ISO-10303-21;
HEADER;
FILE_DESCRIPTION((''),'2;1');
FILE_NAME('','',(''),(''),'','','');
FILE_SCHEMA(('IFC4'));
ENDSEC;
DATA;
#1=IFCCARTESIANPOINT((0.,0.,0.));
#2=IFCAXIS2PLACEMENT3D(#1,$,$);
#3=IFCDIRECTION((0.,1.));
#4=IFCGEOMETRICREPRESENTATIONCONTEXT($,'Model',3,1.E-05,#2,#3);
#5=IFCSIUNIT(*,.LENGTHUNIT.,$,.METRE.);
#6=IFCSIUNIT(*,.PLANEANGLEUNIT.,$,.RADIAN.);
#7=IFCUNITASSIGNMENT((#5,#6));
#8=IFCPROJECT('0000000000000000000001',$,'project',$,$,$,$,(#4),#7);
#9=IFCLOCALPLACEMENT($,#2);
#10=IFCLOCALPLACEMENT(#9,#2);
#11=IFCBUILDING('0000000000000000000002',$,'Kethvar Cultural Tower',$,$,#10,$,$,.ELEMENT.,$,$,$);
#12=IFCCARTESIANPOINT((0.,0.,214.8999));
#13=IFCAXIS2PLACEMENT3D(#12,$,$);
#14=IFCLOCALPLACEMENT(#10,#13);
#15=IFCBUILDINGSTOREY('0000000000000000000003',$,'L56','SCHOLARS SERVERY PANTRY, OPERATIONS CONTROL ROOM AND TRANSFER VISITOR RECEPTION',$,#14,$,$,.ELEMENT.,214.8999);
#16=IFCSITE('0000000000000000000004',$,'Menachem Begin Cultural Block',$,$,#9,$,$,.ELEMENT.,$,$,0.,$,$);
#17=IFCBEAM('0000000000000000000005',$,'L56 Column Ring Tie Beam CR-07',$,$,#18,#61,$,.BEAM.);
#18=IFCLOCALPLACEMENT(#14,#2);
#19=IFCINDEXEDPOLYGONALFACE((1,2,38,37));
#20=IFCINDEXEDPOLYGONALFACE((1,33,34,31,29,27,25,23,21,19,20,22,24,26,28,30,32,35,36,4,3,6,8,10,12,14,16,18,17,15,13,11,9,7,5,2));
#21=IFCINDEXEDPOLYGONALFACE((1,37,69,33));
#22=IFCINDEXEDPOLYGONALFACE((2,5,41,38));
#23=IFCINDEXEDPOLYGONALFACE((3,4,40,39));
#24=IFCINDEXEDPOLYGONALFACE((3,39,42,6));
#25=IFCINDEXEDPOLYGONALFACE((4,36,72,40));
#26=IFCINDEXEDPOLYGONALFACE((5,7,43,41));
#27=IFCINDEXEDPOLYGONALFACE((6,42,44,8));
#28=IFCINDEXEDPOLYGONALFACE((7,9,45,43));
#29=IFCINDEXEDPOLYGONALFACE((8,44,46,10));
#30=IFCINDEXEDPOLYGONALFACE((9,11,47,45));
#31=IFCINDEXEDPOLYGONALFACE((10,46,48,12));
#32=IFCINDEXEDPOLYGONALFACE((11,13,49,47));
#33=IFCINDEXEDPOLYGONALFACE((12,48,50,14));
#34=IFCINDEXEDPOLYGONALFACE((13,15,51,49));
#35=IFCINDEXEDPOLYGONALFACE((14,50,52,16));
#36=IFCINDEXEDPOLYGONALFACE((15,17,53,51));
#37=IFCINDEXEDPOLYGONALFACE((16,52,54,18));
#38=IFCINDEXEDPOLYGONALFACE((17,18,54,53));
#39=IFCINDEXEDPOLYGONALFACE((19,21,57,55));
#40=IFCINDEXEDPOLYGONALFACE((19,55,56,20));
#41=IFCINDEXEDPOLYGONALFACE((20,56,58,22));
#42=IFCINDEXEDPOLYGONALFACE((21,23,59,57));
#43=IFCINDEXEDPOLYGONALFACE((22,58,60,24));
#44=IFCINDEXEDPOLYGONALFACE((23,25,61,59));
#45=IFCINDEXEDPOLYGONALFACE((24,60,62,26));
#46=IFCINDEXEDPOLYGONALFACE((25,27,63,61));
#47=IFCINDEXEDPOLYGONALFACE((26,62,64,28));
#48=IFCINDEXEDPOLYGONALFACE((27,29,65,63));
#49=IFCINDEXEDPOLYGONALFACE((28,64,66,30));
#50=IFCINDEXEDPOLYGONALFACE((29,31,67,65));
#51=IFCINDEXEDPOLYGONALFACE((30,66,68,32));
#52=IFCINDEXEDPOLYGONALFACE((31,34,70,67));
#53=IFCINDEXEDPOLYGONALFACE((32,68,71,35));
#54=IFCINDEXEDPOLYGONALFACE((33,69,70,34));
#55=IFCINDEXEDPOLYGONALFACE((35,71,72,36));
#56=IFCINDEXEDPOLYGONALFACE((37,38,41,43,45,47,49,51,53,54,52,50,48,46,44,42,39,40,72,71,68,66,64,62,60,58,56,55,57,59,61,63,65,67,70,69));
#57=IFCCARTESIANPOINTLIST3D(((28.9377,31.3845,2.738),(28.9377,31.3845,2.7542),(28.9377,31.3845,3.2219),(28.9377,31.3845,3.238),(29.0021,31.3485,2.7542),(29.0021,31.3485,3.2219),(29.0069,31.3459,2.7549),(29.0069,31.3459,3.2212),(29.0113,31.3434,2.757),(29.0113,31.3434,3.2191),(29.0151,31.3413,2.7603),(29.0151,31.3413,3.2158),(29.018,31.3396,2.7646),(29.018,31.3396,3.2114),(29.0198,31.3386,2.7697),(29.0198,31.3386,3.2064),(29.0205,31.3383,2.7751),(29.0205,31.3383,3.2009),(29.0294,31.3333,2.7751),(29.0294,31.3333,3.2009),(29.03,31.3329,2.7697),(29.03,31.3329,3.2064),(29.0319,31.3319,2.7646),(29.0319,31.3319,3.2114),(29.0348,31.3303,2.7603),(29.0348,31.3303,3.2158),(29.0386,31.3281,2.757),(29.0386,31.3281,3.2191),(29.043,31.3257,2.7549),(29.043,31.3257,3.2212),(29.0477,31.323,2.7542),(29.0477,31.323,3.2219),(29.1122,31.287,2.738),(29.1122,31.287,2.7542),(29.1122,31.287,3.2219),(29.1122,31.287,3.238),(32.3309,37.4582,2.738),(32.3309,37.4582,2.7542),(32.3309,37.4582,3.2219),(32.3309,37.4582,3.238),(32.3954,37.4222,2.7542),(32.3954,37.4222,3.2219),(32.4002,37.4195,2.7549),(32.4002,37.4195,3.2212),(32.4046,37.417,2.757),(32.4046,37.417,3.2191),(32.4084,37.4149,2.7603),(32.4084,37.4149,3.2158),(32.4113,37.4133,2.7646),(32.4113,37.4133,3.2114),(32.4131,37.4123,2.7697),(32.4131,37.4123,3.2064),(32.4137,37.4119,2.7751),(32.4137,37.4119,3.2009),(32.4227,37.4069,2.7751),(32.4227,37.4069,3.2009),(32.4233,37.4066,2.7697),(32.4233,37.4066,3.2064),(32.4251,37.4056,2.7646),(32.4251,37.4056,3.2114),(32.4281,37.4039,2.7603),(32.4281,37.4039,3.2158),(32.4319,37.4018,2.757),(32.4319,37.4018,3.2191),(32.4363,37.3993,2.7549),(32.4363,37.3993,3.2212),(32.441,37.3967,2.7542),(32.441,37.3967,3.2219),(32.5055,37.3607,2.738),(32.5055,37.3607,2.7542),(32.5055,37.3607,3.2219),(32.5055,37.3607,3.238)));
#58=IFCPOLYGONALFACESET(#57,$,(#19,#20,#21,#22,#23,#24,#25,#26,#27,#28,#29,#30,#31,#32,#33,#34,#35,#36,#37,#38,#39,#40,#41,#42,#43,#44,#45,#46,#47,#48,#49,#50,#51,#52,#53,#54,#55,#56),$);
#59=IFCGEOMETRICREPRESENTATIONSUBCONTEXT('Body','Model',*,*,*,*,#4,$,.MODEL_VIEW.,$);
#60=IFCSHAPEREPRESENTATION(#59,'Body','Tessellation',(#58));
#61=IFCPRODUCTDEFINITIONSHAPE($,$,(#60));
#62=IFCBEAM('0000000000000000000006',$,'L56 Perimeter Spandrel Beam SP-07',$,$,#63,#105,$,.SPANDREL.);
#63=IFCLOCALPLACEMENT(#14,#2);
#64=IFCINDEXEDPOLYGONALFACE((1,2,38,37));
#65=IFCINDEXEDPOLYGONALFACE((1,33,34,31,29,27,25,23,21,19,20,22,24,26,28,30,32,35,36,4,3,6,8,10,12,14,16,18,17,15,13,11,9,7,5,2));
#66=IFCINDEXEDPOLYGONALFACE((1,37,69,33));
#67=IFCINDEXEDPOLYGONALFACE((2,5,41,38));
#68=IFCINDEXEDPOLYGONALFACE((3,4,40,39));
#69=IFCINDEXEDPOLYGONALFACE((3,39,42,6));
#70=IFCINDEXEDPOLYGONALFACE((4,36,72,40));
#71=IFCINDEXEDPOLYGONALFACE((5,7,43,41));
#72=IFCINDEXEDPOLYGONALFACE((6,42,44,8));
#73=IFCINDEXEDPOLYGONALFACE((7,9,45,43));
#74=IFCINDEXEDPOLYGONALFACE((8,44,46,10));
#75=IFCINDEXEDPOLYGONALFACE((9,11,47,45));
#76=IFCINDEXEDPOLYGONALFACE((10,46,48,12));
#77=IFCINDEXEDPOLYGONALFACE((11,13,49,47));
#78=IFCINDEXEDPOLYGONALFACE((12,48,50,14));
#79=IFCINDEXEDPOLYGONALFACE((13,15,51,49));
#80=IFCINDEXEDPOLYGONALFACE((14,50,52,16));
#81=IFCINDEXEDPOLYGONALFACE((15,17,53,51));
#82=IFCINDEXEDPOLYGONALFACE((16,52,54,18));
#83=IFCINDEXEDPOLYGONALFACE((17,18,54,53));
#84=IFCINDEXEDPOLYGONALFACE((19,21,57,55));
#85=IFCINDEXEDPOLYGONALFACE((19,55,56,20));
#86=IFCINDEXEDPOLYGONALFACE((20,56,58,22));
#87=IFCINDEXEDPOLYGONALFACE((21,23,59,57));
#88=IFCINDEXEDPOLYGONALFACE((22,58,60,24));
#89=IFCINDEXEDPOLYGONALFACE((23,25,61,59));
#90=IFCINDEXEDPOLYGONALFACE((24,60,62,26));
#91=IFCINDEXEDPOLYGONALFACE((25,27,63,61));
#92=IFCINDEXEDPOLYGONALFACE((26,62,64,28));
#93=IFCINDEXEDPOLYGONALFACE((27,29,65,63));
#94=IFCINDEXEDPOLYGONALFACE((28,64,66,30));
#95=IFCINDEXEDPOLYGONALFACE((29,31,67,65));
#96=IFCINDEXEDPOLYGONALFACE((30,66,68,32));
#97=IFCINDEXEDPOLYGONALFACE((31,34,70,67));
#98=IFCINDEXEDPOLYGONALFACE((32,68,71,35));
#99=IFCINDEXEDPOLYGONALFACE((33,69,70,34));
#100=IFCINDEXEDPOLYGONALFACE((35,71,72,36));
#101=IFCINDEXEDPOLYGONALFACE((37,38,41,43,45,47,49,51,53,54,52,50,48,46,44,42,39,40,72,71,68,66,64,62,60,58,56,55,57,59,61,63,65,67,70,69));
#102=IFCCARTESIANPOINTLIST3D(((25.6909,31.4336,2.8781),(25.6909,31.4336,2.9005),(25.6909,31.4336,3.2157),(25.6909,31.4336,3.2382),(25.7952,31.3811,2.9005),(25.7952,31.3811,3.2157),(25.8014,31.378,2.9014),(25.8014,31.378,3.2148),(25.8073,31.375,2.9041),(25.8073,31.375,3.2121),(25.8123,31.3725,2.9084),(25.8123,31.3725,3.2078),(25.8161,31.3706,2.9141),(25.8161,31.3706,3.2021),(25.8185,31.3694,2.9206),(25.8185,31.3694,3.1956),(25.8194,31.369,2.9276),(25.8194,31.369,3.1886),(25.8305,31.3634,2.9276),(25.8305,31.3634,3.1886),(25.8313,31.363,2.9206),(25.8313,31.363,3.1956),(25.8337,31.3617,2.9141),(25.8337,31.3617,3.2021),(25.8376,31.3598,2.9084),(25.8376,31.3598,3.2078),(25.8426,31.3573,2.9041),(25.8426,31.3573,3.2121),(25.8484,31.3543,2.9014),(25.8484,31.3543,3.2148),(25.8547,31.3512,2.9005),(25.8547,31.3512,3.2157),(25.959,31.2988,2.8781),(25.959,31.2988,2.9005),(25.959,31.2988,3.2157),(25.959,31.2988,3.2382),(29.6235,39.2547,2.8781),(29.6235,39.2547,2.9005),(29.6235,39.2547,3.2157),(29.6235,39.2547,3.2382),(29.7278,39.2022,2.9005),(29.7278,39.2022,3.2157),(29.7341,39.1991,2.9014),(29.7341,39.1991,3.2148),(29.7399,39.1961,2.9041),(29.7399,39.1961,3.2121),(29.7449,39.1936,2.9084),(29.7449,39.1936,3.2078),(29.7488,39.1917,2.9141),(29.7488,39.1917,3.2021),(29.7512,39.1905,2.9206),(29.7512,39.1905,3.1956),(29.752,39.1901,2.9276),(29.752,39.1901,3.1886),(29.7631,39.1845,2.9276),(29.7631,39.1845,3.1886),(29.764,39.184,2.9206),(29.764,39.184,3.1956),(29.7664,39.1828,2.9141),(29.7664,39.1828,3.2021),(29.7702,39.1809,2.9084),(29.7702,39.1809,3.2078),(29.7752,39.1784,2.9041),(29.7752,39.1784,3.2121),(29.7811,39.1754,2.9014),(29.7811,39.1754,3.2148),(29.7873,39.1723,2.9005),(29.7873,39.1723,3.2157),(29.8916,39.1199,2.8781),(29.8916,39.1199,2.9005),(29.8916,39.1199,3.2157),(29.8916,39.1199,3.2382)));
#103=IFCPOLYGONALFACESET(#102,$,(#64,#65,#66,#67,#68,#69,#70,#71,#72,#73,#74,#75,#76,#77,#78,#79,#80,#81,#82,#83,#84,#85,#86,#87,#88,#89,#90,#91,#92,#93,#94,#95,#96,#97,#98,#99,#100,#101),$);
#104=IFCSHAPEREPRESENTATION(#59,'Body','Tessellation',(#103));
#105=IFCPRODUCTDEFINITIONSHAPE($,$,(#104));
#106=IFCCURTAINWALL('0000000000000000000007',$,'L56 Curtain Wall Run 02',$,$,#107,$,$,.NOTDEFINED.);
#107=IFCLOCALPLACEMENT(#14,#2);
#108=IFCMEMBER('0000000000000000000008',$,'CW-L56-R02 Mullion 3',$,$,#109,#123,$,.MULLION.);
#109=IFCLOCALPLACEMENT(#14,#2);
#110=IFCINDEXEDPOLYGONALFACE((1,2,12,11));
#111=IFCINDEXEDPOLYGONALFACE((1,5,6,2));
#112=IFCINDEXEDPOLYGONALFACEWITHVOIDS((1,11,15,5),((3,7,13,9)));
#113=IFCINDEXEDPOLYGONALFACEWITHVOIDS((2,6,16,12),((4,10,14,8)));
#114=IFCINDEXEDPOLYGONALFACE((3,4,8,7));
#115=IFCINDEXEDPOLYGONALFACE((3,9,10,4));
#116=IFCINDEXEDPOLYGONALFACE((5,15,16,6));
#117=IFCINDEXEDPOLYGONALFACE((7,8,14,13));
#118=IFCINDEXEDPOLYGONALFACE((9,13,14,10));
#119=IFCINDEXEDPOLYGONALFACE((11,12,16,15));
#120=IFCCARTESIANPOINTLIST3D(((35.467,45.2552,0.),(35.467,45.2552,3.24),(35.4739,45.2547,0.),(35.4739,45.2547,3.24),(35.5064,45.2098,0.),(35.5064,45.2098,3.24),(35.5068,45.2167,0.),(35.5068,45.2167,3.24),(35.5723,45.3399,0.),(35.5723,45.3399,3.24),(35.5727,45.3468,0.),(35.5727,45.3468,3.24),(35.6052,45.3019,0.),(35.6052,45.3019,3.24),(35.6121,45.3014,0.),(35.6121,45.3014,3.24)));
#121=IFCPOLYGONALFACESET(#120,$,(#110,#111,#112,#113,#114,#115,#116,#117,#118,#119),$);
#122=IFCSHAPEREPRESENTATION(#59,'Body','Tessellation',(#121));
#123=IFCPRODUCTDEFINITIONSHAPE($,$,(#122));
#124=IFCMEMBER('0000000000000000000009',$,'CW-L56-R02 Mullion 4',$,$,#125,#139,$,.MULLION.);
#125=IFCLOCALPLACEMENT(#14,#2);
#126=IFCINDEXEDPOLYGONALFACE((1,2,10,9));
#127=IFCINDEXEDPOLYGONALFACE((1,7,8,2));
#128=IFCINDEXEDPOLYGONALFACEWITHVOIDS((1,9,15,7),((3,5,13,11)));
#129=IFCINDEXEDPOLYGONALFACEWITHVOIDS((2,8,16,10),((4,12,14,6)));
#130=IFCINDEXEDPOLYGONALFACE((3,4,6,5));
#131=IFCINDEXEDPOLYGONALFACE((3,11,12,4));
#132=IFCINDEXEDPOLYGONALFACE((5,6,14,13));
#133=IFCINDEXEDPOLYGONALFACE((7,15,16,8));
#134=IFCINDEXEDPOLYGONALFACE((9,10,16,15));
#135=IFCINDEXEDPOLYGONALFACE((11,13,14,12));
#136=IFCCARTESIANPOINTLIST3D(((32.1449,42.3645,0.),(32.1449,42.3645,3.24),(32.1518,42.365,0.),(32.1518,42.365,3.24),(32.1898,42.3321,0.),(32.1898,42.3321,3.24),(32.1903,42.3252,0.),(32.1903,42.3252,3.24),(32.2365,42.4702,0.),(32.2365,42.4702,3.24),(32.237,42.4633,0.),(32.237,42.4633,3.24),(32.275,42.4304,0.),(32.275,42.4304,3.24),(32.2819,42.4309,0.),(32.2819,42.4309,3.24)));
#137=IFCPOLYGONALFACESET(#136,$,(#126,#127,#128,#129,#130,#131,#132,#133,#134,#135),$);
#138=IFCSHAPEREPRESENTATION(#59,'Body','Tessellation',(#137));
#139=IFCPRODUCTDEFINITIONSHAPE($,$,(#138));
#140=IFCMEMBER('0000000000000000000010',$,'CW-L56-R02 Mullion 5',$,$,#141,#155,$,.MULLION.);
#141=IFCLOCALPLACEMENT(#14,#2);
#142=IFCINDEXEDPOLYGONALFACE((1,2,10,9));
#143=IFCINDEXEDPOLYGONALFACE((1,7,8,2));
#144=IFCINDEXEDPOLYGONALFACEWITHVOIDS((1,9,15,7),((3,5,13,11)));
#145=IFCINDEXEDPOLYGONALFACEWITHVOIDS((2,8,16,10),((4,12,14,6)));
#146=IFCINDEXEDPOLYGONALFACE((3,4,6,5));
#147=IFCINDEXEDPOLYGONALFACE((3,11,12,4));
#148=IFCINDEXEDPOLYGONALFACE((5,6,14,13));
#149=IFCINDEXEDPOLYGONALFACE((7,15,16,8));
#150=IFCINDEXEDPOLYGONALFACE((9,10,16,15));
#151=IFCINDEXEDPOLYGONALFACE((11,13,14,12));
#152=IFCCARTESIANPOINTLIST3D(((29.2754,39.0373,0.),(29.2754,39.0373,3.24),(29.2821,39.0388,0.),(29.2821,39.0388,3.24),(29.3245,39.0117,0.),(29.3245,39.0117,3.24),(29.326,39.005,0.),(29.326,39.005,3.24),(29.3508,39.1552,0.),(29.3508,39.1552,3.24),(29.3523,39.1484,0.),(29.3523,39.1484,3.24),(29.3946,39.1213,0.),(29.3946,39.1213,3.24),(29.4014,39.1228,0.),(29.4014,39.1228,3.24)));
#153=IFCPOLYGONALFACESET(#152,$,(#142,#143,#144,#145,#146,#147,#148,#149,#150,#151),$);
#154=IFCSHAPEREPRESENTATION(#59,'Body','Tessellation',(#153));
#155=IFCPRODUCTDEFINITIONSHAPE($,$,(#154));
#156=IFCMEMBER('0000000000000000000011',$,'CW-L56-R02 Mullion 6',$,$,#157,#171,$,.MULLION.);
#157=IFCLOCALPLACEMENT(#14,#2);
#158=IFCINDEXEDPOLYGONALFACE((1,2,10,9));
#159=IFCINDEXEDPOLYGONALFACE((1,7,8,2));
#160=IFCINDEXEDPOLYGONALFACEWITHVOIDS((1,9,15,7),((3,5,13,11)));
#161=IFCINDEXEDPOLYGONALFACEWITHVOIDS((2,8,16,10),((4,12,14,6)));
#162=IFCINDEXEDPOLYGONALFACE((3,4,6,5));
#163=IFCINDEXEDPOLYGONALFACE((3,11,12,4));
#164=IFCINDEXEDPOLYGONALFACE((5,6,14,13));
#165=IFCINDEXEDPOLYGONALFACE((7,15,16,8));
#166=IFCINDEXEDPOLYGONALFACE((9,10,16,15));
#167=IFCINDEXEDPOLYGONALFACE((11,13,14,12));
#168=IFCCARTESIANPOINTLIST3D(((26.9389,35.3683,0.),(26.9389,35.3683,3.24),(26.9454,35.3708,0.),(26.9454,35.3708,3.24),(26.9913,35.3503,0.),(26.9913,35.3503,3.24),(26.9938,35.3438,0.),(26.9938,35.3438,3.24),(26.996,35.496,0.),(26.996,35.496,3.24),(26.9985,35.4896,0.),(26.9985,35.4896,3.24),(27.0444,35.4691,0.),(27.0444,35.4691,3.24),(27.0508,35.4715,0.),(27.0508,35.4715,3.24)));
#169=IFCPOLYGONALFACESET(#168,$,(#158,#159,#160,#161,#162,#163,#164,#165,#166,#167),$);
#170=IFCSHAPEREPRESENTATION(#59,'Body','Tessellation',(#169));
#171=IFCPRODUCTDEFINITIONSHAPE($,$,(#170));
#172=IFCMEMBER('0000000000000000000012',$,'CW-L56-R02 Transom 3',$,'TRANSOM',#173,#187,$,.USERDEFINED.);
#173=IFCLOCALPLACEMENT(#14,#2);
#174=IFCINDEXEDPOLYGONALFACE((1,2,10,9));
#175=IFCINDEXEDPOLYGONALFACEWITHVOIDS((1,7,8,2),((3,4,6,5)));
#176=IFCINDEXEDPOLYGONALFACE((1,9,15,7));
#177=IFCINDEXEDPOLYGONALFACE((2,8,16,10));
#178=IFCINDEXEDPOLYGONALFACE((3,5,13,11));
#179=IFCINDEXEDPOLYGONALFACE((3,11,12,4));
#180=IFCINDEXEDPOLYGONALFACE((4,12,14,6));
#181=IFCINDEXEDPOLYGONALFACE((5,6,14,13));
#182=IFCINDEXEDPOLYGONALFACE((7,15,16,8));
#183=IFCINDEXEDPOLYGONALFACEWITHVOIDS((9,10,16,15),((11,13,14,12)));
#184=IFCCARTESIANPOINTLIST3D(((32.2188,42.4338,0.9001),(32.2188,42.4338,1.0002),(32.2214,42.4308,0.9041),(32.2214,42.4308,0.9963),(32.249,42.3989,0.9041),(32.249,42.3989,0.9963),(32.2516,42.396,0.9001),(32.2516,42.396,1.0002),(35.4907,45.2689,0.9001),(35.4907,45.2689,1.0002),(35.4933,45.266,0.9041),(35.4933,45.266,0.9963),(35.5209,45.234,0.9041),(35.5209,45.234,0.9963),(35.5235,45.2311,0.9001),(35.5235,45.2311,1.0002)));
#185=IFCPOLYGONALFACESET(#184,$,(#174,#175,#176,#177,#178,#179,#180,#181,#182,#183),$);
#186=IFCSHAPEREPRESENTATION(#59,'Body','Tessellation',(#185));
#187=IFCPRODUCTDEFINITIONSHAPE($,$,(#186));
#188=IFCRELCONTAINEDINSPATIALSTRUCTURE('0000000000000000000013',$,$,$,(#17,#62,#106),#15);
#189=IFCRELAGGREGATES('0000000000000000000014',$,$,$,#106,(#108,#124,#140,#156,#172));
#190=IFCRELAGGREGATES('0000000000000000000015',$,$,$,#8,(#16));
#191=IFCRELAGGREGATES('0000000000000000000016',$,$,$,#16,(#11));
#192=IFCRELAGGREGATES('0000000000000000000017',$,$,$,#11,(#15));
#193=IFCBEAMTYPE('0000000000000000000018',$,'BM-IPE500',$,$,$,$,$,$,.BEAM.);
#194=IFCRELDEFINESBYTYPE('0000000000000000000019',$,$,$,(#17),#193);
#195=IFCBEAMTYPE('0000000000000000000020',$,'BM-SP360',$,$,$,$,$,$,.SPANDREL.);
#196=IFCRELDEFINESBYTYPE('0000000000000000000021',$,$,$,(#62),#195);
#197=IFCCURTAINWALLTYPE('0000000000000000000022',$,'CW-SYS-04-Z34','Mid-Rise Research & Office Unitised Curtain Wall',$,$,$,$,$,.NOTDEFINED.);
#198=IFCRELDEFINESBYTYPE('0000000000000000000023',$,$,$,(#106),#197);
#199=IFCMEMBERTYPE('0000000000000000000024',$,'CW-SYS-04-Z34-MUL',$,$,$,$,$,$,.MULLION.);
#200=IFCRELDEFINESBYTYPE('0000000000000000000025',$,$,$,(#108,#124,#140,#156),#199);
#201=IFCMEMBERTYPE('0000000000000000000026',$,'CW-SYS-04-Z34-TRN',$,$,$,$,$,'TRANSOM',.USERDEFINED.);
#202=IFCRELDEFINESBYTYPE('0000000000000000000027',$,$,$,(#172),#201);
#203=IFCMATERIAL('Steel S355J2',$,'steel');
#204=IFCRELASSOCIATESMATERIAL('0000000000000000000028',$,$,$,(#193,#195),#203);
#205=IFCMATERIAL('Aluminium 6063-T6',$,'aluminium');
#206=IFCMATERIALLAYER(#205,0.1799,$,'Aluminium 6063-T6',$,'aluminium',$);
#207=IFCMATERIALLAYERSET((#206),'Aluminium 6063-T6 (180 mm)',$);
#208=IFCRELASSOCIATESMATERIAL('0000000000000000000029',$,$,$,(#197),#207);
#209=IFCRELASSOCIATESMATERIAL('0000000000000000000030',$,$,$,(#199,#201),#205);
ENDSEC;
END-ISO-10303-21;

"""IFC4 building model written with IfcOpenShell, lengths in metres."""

from ifc_helpers import new_model, si_unit, direction, frame, origin, origin_2d, place, context, subcontext, project, spatial, hollow_rectangle, i_section, extrude, source, transform, mapped, material, layer, layer_set, material_profile, profile_set, type_object, element, aggregate, save


model = new_model("IFC4")

# Units and contexts
model_context = context("Model", 3, precision=1e-05, world=origin(), true_north=direction((0.0, 1.0)))
body_context = subcontext(model_context, "Body", "Model", "MODEL_VIEW")
ifc_project = project(units=[si_unit("LENGTHUNIT", "METRE"), si_unit("PLANEANGLEUNIT", "RADIAN")], contexts=[model_context])

# Site, building, storey
site_placement = place(None, origin())
site = spatial("IfcSite", under=ifc_project, at=site_placement, Name="Menachem Begin Cultural Block", CompositionType="ELEMENT", RefElevation=0.0)
building_placement = place(site_placement, origin())
building = spatial("IfcBuilding", under=site, at=building_placement, Name="Kethvar Cultural Tower", CompositionType="ELEMENT")
storey_placement = place(building_placement, frame((0.0, 0.0, 214.8999)))
storey = spatial("IfcBuildingStorey", under=building, at=storey_placement, Name="L56", Description="SCHOLARS SERVERY PANTRY, OPERATIONS CONTROL ROOM AND TRANSFER VISITOR RECEPTION", CompositionType="ELEMENT", Elevation=214.8999)

# Beams
ifc_material_1 = material(Name="Steel S355J2", Category="steel")
ifc_material_profile_1 = material_profile(ifc_material_1, i_section(OverallWidth=0.2, OverallDepth=0.5, WebThickness=0.0103, FlangeThickness=0.0161, FilletRadius=0.021, at=origin_2d()), Name="Steel S355J2 — IPE500")
ifc_profile_set_1 = profile_set([ifc_material_profile_1], Name="Steel S355J2 — IPE500")
beam_type_1 = type_object("IfcBeamType", Name="BM-IPE500", PredefinedType="BEAM", material=ifc_profile_set_1)
ifc_material_profile_2 = material_profile(ifc_material_1, i_section(OverallWidth=0.3, OverallDepth=0.3601, WebThickness=0.0125, FlangeThickness=0.0225, FilletRadius=0.0271, at=origin_2d()), Name="Steel S355J2 — HEB360")
ifc_profile_set_2 = profile_set([ifc_material_profile_2], Name="Steel S355J2 — HEB360")
beam_type_2 = type_object("IfcBeamType", Name="BM-SP360", PredefinedType="SPANDREL", material=ifc_profile_set_2)
shared_shape_1 = source(origin(), body_context, "Body", "SweptSolid", [
    extrude(i_section(OverallWidth=0.2, OverallDepth=0.5, WebThickness=0.0103, FlangeThickness=0.0161, FilletRadius=0.021, at=origin_2d()), origin(), (0.0, 0.0, 1.0), 6.9573),
])
beam_1_placement = place(storey_placement, frame((32.4182, 37.4094, 2.988), z_axis=(-0.48773, -0.872994, 0.0), x_axis=(0.872994, -0.48773, 0.0)))
element("IfcBeam", 1, at=beam_1_placement, inside=storey, type_object=beam_type_1, Name="L56 Column Ring Tie Beam CR-07", PredefinedType="BEAM", context=body_context, shape_type="MappedRepresentation", body=[
    mapped(shared_shape_1, transform((0.0, 0.0, 0.0), scale=1.0)),
])
shared_shape_2 = source(origin(), body_context, "Body", "SweptSolid", [
    extrude(i_section(OverallWidth=0.3, OverallDepth=0.3601, WebThickness=0.0125, FlangeThickness=0.0225, FilletRadius=0.0271, at=origin_2d()), origin(), (0.0, 0.0, 1.0), 8.7542),
])
beam_2_placement = place(storey_placement, frame((29.7576, 39.1873, 3.0581), z_axis=(-0.449232, -0.893415, 0.0), x_axis=(0.893415, -0.449232, 0.0)))
element("IfcBeam", 2, at=beam_2_placement, inside=storey, type_object=beam_type_2, Name="L56 Perimeter Spandrel Beam SP-07", PredefinedType="SPANDREL", context=body_context, shape_type="MappedRepresentation", body=[
    mapped(shared_shape_2, transform((0.0, 0.0, 0.0), scale=1.0)),
])

# Curtain wall, members
ifc_material_2 = material(Name="Aluminium 6063-T6", Category="aluminium")
ifc_layer_1 = layer(ifc_material_2, 0.1799, Name="Aluminium 6063-T6", Category="aluminium")
ifc_layer_set_1 = layer_set([ifc_layer_1], Name="Aluminium 6063-T6 (180 mm)")
curtain_wall_type = type_object("IfcCurtainWallType", Name="CW-SYS-04-Z34", Description="Mid-Rise Research & Office Unitised Curtain Wall", PredefinedType="NOTDEFINED", material=ifc_layer_set_1)
curtain_wall_placement = place(storey_placement, origin())
curtain_wall = element("IfcCurtainWall", 3, at=curtain_wall_placement, inside=storey, type_object=curtain_wall_type, Name="L56 Curtain Wall Run 02", PredefinedType="NOTDEFINED")
ifc_material_profile_3 = material_profile(ifc_material_2, hollow_rectangle(XDim=0.0601, YDim=0.1399, WallThickness=0.0049, at=origin_2d()), Name="Aluminium 6063-T6 — RHS140x60x5")
ifc_profile_set_3 = profile_set([ifc_material_profile_3], Name="Aluminium 6063-T6 — RHS140x60x5")
member_type_1 = type_object("IfcMemberType", Name="CW-SYS-04-Z34-MUL", PredefinedType="MULLION", material=ifc_profile_set_3)
shared_shape_3 = source(origin(), body_context, "Body", "SweptSolid", [
    extrude(hollow_rectangle(XDim=0.0601, YDim=0.1399, WallThickness=0.0049, at=origin_2d()), origin(), (0.0, 0.0, 1.0), 3.24),
])
member_1_placement = place(storey_placement, frame((35.5396, 45.2783, 0.0), z_axis=(0.0, 0.0, 1.0), x_axis=(0.654846, -0.755762, 0.0)))
member_1 = element("IfcMember", 4, at=member_1_placement, type_object=member_type_1, Name="CW-L56-R02 Mullion 3", PredefinedType="MULLION", context=body_context, shape_type="MappedRepresentation", body=[
    mapped(shared_shape_3, transform((0.0, 0.0, 0.0), scale=1.0)),
])
member_2_placement = place(storey_placement, frame((32.2134, 42.3977, 0.0), z_axis=(0.0, 0.0, 1.0), x_axis=(0.755865, -0.654728, 0.0)))
member_2 = element("IfcMember", 5, at=member_2_placement, type_object=member_type_1, Name="CW-L56-R02 Mullion 4", PredefinedType="MULLION", context=body_context, shape_type="MappedRepresentation", body=[
    mapped(shared_shape_3, transform((0.0, 0.0, 0.0), scale=1.0)),
])
member_3_placement = place(storey_placement, frame((29.3384, 39.0801, 0.0), z_axis=(0.0, 0.0, 1.0), x_axis=(0.84234, -0.538947, 0.0)))
member_3 = element("IfcMember", 6, at=member_3_placement, type_object=member_type_1, Name="CW-L56-R02 Mullion 5", PredefinedType="MULLION", context=body_context, shape_type="MappedRepresentation", body=[
    mapped(shared_shape_3, transform((0.0, 0.0, 0.0), scale=1.0)),
])
member_4_placement = place(storey_placement, frame((26.9949, 35.4199, 0.0), z_axis=(0.0, 0.0, 1.0), x_axis=(0.912984, -0.407996, 0.0)))
member_4 = element("IfcMember", 7, at=member_4_placement, type_object=member_type_1, Name="CW-L56-R02 Mullion 6", PredefinedType="MULLION", context=body_context, shape_type="MappedRepresentation", body=[
    mapped(shared_shape_3, transform((0.0, 0.0, 0.0), scale=1.0)),
])
ifc_material_profile_4 = material_profile(ifc_material_2, hollow_rectangle(XDim=0.05, YDim=0.1001, WallThickness=0.0039, at=origin_2d()), Name="Aluminium 6063-T6 — RHS100x50x4")
ifc_profile_set_4 = profile_set([ifc_material_profile_4], Name="Aluminium 6063-T6 — RHS100x50x4")
member_type_2 = type_object("IfcMemberType", Name="CW-SYS-04-Z34-TRN", ElementType="TRANSOM", PredefinedType="USERDEFINED", material=ifc_profile_set_4)
shared_shape_4 = source(origin(), body_context, "Body", "SweptSolid", [
    extrude(hollow_rectangle(XDim=0.05, YDim=0.1001, WallThickness=0.0039, at=origin_2d()), origin(), (0.0, 0.0, 1.0), 4.3293),
])
member_5_placement = place(storey_placement, frame((35.5071, 45.25, 0.9502), z_axis=(-0.755747, -0.654864, 0.0), x_axis=(0.654864, -0.755747, 0.0)))
member_5 = element("IfcMember", 8, at=member_5_placement, type_object=member_type_2, Name="CW-L56-R02 Transom 3", ObjectType="TRANSOM", PredefinedType="USERDEFINED", context=body_context, shape_type="MappedRepresentation", body=[
    mapped(shared_shape_4, transform((0.0, 0.0, 0.0), scale=1.0)),
])
aggregate(curtain_wall, [member_1, member_2, member_3, member_4, member_5])

save(model, "model.ifc")
